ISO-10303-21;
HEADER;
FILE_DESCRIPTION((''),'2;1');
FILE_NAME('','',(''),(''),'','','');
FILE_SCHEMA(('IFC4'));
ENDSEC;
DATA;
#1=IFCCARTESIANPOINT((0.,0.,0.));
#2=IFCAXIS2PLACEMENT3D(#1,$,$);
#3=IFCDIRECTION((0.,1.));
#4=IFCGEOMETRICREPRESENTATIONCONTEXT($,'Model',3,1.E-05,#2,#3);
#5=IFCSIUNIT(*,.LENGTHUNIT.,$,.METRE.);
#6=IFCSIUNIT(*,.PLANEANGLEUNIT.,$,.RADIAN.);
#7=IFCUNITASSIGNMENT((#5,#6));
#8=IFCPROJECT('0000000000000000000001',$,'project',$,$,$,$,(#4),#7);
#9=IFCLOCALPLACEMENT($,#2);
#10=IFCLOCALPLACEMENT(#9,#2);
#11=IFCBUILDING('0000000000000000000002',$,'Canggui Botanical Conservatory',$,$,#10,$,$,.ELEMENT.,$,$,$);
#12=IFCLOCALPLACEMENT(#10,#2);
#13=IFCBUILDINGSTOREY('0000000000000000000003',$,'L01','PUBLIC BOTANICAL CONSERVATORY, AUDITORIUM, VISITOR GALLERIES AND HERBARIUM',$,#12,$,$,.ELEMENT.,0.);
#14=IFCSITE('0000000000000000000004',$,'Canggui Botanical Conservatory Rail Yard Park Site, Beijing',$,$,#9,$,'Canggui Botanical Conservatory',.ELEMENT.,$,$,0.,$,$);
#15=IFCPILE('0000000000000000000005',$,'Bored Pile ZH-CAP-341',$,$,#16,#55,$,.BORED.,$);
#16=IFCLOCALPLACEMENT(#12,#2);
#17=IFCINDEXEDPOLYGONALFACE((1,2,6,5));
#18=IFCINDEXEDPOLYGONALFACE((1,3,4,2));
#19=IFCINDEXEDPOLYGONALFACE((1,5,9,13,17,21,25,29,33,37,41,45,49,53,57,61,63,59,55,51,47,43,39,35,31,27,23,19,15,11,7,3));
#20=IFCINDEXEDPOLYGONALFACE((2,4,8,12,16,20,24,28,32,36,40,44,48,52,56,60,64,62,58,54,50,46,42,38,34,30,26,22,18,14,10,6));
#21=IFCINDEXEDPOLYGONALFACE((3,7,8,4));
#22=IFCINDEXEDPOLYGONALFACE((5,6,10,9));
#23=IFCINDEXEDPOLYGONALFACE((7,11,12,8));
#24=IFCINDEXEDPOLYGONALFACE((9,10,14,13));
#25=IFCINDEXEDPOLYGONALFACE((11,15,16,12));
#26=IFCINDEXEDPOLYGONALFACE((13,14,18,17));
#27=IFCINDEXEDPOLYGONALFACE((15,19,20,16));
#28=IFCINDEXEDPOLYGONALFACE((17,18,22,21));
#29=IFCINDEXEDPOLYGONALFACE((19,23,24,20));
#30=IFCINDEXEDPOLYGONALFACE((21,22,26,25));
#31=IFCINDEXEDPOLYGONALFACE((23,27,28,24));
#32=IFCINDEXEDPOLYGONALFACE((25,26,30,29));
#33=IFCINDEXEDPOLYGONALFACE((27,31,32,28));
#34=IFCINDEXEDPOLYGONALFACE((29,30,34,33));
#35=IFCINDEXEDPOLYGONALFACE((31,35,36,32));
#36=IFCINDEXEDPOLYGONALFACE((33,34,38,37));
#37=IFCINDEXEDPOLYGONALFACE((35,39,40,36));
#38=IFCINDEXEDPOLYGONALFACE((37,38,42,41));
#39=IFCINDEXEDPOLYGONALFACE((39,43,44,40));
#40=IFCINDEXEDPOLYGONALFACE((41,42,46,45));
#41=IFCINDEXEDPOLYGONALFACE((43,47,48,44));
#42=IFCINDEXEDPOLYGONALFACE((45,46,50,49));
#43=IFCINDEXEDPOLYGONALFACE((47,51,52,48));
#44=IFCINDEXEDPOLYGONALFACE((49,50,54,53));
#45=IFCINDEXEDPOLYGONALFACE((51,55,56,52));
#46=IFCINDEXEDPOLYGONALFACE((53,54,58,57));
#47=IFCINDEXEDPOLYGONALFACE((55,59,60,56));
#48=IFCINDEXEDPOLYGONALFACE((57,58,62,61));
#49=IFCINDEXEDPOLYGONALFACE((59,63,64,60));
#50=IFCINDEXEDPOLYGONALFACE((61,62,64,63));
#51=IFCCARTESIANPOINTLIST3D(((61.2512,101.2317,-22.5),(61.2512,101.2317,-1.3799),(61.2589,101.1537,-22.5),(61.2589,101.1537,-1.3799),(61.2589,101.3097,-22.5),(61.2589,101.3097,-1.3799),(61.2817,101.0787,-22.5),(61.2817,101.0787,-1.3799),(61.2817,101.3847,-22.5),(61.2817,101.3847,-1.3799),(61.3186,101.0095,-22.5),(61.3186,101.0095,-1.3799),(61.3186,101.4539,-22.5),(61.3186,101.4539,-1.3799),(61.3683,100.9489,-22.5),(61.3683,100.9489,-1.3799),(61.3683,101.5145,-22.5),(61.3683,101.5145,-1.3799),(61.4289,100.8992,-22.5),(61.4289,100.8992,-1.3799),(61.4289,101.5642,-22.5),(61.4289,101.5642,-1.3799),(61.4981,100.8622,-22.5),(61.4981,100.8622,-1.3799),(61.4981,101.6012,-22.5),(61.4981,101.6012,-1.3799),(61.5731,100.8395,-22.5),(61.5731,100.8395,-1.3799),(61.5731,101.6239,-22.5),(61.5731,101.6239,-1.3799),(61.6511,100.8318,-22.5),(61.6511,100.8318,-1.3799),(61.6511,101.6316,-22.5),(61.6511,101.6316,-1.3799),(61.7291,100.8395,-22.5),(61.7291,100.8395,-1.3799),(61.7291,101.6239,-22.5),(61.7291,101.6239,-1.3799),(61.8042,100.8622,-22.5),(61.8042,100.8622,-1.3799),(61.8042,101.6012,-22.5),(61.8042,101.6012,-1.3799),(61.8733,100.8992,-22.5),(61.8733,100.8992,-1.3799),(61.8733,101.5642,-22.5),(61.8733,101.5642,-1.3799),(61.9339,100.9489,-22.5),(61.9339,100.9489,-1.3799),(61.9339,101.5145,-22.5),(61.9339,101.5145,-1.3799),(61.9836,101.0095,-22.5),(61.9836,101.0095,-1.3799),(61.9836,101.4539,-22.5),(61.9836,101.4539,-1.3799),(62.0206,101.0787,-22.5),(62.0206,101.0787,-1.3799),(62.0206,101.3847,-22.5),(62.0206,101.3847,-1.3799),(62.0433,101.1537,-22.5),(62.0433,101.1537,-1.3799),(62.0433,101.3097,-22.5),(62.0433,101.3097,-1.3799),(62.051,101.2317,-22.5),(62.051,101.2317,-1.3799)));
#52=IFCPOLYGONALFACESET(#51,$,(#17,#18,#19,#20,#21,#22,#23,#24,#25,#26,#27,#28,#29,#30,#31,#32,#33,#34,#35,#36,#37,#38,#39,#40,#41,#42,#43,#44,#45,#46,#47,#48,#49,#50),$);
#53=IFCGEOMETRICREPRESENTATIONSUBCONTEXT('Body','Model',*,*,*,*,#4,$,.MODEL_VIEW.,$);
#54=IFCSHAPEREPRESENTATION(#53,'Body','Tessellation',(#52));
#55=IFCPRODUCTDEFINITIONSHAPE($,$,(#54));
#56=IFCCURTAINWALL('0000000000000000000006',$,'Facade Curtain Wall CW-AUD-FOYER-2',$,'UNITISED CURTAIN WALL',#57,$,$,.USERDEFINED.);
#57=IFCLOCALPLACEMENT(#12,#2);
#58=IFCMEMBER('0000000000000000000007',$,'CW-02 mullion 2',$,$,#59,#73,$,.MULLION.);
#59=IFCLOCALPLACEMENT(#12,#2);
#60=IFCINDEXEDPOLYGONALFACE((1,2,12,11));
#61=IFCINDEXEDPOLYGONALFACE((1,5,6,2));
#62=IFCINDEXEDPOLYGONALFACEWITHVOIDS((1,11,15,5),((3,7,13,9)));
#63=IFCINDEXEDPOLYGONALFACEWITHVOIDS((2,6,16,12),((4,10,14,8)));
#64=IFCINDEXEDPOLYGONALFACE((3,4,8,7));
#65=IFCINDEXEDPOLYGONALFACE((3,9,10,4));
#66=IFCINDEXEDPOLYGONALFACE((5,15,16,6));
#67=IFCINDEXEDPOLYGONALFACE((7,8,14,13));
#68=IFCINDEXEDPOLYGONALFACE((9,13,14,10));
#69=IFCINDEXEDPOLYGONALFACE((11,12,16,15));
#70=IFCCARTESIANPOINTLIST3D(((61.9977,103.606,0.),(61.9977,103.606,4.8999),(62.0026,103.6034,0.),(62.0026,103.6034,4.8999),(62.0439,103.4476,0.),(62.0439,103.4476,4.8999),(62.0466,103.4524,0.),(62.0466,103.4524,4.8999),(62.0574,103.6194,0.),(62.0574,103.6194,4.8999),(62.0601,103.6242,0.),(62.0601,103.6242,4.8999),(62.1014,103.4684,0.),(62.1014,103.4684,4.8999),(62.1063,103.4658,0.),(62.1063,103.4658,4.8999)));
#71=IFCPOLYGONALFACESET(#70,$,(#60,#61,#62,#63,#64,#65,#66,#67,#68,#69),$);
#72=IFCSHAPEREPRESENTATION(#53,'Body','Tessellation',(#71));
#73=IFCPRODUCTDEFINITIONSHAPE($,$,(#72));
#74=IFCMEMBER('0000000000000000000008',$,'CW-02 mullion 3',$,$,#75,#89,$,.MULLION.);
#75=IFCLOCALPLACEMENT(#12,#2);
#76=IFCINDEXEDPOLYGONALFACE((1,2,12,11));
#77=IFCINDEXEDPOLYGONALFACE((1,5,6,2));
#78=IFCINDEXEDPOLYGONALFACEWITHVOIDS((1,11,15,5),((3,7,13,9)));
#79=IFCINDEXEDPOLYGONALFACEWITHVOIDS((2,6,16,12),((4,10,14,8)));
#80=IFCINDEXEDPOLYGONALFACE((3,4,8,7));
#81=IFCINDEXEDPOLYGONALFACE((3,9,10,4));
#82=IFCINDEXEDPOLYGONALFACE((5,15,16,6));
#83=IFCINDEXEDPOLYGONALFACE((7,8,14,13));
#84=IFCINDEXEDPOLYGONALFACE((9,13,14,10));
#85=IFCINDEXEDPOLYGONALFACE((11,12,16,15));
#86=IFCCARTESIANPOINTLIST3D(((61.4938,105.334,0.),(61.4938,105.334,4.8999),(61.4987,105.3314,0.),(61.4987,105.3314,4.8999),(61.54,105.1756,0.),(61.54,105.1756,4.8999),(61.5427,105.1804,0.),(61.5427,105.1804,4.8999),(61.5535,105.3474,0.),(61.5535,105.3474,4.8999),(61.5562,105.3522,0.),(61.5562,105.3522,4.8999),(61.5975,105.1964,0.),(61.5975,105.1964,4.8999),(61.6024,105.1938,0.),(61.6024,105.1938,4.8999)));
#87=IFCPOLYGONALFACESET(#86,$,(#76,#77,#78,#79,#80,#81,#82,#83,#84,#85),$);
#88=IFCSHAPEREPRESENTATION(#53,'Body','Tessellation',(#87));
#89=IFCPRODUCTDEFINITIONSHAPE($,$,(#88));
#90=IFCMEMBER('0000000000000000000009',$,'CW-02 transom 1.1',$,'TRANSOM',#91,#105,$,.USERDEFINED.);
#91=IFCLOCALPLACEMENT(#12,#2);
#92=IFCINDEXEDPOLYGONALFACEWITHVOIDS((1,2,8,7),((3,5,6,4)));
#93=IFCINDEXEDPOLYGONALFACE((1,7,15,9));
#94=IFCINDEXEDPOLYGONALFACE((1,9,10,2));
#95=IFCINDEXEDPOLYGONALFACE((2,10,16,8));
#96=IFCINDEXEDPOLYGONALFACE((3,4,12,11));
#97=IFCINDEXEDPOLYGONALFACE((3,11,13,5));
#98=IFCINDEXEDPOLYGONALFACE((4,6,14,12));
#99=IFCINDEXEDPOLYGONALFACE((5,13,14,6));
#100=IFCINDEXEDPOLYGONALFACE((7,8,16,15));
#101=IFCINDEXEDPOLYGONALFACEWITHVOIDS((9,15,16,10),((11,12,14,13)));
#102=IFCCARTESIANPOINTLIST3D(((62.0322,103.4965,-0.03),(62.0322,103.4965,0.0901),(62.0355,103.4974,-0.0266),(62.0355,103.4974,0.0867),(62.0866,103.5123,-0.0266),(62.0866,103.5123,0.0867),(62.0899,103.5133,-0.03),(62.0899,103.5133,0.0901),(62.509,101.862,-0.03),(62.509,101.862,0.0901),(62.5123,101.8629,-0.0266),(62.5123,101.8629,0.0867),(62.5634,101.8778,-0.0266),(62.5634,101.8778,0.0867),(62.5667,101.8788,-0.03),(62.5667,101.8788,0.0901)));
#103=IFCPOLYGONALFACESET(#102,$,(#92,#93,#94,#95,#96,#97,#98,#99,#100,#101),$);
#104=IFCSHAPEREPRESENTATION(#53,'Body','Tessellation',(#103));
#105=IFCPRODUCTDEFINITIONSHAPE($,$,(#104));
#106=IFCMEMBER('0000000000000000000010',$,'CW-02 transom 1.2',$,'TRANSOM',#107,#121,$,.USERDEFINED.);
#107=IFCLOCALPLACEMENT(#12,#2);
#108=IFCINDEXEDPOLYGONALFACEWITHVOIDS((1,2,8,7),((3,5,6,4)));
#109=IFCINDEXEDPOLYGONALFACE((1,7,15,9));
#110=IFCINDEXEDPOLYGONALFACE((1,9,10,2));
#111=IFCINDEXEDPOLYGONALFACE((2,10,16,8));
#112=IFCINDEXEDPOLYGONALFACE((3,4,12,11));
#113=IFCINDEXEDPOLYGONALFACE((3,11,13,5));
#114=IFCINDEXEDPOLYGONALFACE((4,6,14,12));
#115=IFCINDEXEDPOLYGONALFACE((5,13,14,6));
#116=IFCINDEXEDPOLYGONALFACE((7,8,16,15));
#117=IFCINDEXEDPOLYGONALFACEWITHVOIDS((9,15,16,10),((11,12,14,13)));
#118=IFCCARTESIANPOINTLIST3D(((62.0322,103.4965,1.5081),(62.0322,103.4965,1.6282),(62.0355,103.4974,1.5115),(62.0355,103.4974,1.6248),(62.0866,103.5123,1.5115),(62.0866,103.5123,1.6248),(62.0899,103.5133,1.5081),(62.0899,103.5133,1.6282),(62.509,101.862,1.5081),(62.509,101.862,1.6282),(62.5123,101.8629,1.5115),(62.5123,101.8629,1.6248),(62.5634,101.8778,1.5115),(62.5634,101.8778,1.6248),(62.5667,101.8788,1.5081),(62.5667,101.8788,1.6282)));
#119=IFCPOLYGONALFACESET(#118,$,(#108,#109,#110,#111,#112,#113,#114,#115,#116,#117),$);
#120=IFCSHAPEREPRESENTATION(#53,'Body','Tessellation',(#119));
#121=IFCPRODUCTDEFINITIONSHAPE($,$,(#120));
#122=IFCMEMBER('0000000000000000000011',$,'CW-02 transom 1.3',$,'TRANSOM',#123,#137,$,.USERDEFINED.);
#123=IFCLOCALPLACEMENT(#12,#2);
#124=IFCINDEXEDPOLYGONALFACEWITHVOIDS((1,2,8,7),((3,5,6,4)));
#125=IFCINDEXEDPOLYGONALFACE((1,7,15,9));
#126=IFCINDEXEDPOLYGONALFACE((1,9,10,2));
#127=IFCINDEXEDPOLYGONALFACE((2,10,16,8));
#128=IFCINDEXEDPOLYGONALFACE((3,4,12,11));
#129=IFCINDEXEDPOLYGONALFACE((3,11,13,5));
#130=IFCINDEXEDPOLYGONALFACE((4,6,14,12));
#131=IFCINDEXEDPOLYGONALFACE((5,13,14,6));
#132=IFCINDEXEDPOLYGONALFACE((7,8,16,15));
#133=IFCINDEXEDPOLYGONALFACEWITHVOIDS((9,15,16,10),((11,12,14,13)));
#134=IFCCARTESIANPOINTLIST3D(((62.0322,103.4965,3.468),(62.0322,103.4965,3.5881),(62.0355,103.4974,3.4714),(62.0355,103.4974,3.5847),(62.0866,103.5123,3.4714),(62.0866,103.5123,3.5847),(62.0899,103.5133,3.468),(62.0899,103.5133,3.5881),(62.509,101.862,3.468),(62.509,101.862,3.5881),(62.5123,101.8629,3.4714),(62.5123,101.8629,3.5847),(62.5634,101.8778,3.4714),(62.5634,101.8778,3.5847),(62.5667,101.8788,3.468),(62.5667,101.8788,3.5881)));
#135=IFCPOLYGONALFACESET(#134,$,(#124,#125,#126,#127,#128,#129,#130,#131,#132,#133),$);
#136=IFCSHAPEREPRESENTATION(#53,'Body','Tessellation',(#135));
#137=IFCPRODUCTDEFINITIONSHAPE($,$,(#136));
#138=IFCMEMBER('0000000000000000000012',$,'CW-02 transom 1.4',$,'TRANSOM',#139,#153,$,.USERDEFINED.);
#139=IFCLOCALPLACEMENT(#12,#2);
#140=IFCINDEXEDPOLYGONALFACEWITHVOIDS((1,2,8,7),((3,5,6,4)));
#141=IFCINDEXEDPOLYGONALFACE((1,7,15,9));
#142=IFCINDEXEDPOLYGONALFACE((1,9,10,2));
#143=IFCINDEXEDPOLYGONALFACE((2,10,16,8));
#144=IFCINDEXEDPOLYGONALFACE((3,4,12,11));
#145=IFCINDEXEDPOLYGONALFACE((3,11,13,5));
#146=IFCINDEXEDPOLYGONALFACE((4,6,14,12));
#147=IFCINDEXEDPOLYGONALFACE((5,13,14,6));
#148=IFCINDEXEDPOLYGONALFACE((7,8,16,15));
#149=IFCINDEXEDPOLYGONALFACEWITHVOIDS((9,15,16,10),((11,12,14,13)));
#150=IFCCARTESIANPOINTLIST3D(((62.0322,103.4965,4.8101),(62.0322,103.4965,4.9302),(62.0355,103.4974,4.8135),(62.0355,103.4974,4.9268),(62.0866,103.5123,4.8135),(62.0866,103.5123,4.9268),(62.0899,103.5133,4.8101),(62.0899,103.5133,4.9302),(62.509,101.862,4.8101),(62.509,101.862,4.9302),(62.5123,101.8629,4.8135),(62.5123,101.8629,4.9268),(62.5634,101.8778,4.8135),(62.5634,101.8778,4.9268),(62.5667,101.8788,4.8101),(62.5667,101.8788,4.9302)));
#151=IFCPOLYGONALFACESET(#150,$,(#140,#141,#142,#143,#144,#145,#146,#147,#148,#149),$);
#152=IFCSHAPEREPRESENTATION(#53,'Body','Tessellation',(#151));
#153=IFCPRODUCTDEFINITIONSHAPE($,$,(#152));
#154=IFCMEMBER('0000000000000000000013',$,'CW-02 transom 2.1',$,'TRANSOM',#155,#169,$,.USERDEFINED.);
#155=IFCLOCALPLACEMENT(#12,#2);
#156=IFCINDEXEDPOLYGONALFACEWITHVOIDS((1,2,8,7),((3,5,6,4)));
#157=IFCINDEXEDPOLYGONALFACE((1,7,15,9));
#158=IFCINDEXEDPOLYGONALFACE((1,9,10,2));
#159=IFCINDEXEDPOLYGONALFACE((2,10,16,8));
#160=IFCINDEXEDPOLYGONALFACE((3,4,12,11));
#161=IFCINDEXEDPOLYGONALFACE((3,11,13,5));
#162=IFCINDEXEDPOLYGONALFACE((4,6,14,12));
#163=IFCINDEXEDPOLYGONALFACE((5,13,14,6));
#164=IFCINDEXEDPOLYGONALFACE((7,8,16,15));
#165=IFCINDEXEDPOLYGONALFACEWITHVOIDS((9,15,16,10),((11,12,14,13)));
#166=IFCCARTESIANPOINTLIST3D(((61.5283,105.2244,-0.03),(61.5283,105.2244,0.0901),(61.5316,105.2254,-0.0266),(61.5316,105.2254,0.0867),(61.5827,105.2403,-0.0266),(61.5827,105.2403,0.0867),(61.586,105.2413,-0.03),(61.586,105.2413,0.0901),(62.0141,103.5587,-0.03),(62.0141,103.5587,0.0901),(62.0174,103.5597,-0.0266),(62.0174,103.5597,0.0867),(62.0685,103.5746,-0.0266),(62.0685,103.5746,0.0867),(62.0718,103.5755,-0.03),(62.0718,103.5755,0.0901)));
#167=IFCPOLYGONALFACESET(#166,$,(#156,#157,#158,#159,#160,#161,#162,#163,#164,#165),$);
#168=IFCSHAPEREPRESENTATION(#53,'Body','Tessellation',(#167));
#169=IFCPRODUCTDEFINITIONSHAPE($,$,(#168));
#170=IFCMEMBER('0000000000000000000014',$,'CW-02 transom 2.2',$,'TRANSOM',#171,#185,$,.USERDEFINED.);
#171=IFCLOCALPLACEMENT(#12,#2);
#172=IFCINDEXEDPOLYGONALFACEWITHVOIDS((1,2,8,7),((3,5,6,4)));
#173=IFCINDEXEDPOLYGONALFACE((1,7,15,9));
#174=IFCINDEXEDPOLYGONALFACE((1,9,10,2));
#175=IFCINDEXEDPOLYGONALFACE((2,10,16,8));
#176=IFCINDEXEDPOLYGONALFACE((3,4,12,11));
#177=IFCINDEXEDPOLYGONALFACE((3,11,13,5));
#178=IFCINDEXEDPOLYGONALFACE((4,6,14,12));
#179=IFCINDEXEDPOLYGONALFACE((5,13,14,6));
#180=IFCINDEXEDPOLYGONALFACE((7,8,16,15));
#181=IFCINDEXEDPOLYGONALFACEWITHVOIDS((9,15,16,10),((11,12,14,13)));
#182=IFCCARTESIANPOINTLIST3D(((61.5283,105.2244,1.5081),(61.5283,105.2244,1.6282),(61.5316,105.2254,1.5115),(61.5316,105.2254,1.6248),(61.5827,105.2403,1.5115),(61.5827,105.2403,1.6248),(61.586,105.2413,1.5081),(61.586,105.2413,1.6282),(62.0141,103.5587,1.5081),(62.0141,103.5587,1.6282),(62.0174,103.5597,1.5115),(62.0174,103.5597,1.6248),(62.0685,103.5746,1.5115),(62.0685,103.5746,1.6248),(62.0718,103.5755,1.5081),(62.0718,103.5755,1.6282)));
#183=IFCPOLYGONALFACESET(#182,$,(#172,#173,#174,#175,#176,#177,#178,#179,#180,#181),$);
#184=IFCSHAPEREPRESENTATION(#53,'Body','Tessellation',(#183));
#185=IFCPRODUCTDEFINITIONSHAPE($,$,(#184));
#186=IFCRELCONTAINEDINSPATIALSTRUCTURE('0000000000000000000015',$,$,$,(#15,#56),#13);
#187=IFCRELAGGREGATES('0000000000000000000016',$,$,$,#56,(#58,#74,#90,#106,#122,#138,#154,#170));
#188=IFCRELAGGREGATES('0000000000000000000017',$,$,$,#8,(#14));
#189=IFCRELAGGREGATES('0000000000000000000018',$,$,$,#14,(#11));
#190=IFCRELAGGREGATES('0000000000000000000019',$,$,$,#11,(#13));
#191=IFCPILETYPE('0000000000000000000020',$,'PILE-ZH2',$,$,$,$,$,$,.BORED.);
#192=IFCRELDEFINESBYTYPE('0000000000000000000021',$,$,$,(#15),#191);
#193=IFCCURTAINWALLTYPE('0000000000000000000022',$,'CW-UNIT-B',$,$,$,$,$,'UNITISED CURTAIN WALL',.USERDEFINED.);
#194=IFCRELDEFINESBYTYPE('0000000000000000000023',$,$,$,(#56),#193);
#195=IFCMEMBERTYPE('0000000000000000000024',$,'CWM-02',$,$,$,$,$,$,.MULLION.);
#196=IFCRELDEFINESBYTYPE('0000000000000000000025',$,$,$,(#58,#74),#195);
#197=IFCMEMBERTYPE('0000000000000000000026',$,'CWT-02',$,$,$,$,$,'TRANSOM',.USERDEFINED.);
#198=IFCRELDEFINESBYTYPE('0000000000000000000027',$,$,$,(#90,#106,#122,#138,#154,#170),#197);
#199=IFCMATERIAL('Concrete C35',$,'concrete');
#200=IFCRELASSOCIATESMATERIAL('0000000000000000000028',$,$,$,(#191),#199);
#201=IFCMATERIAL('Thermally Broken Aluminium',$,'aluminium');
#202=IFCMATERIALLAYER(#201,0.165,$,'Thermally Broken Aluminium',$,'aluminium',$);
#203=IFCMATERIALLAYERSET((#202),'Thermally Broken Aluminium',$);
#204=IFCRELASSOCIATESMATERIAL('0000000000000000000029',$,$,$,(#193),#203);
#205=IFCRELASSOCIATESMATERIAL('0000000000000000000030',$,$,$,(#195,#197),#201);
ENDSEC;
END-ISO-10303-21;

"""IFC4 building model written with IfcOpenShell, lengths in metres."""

from ifc_helpers import new_model, si_unit, direction, frame, origin, origin_2d, place, context, subcontext, project, spatial, hollow_rectangle, circle, extrude, material, layer, layer_set, material_profile, profile_set, type_object, element, aggregate, save


model = new_model("IFC4")

# Units and contexts
model_context = context("Model", 3, precision=1e-05, world=origin(), true_north=direction((0.0, 1.0)))
body_context = subcontext(model_context, "Body", "Model", "MODEL_VIEW")
ifc_project = project(units=[si_unit("LENGTHUNIT", "METRE"), si_unit("PLANEANGLEUNIT", "RADIAN")], contexts=[model_context])

# Site, building, storey
site_placement = place(None, origin())
site = spatial("IfcSite", under=ifc_project, at=site_placement, Name="Canggui Botanical Conservatory Rail Yard Park Site, Beijing", LongName="Canggui Botanical Conservatory", CompositionType="ELEMENT", RefElevation=0.0)
building_placement = place(site_placement, origin())
building = spatial("IfcBuilding", under=site, at=building_placement, Name="Canggui Botanical Conservatory", CompositionType="ELEMENT")
storey_placement = place(building_placement, origin())
storey = spatial("IfcBuildingStorey", under=building, at=storey_placement, Name="L01", Description="PUBLIC BOTANICAL CONSERVATORY, AUDITORIUM, VISITOR GALLERIES AND HERBARIUM", CompositionType="ELEMENT", Elevation=0.0)

# Pile
ifc_material_1 = material(Name="Concrete C35", Category="concrete")
ifc_material_profile_1 = material_profile(ifc_material_1, circle(Radius=0.3999, at=origin_2d()), Name="PILE D800")
ifc_profile_set_1 = profile_set([ifc_material_profile_1], Name="Concrete C35")
pile_type = type_object("IfcPileType", Name="PILE-ZH2", PredefinedType="BORED", material=ifc_profile_set_1)
pile_placement = place(storey_placement, frame((61.6511, 101.2317, -1.3799), z_axis=(0.0, 0.0, -1.0), x_axis=(1.0, 0.0, 0.0)))
element("IfcPile", 1, at=pile_placement, inside=storey, type_object=pile_type, Name="Bored Pile ZH-CAP-341", PredefinedType="BORED", context=body_context, shape_type="SweptSolid", body=[
    extrude(circle(Radius=0.3999, at=origin_2d()), origin(), (0.0, 0.0, 1.0), 21.1201),
])

# Curtain wall, members
ifc_material_2 = material(Name="Thermally Broken Aluminium", Category="aluminium")
ifc_layer_1 = layer(ifc_material_2, 0.165, Name="Thermally Broken Aluminium", Category="aluminium")
ifc_layer_set_1 = layer_set([ifc_layer_1], Name="Thermally Broken Aluminium")
curtain_wall_type = type_object("IfcCurtainWallType", Name="CW-UNIT-B", ElementType="UNITISED CURTAIN WALL", PredefinedType="USERDEFINED", material=ifc_layer_set_1)
curtain_wall_placement = place(storey_placement, origin())
curtain_wall = element("IfcCurtainWall", 2, at=curtain_wall_placement, inside=storey, type_object=curtain_wall_type, Name="Facade Curtain Wall CW-AUD-FOYER-2", ObjectType="UNITISED CURTAIN WALL", PredefinedType="USERDEFINED")
ifc_material_profile_2 = material_profile(ifc_material_2, hollow_rectangle(XDim=0.0649, YDim=0.165, WallThickness=0.0039, at=origin_2d()), Name="CWM 65x165x4")
ifc_profile_set_2 = profile_set([ifc_material_profile_2], Name="Thermally Broken Aluminium")
member_type_1 = type_object("IfcMemberType", Name="CWM-02", PredefinedType="MULLION", material=ifc_profile_set_2)
member_1_placement = place(storey_placement, frame((62.052, 103.5359, 0.0), z_axis=(0.0, 0.0, 1.0), x_axis=(-0.96, -0.28, 0.0)))
member_1 = element("IfcMember", 3, at=member_1_placement, type_object=member_type_1, Name="CW-02 mullion 2", PredefinedType="MULLION", context=body_context, shape_type="SweptSolid", body=[
    extrude(hollow_rectangle(XDim=0.0649, YDim=0.165, WallThickness=0.0039, at=origin_2d()), origin(), (0.0, 0.0, 1.0), 4.8999),
])
member_2_placement = place(storey_placement, frame((61.5481, 105.2639, 0.0), z_axis=(0.0, 0.0, 1.0), x_axis=(-0.96, -0.28, 0.0)))
member_2 = element("IfcMember", 4, at=member_2_placement, type_object=member_type_1, Name="CW-02 mullion 3", PredefinedType="MULLION", context=body_context, shape_type="SweptSolid", body=[
    extrude(hollow_rectangle(XDim=0.0649, YDim=0.165, WallThickness=0.0039, at=origin_2d()), origin(), (0.0, 0.0, 1.0), 4.8999),
])
ifc_material_profile_3 = material_profile(ifc_material_2, hollow_rectangle(XDim=0.0601, YDim=0.1201, WallThickness=0.0034, at=origin_2d()), Name="CWT 60x120x3.5")
ifc_profile_set_3 = profile_set([ifc_material_profile_3], Name="Thermally Broken Aluminium")
member_type_2 = type_object("IfcMemberType", Name="CWT-02", ElementType="TRANSOM", PredefinedType="USERDEFINED", material=ifc_profile_set_3)
member_3_placement = place(storey_placement, frame((62.5378, 101.8704, 0.03), z_axis=(-0.280039, 0.959989, 0.0), x_axis=(-0.959989, -0.280039, 0.0)))
member_3 = element("IfcMember", 5, at=member_3_placement, type_object=member_type_2, Name="CW-02 transom 1.1", ObjectType="TRANSOM", PredefinedType="USERDEFINED", context=body_context, shape_type="SweptSolid", body=[
    extrude(hollow_rectangle(XDim=0.0601, YDim=0.1201, WallThickness=0.0034, at=origin_2d()), origin(), (0.0, 0.0, 1.0), 1.7026),
])
member_4_placement = place(storey_placement, frame((62.5378, 101.8704, 1.5681), z_axis=(-0.280039, 0.959989, 0.0), x_axis=(-0.959989, -0.280039, 0.0)))
member_4 = element("IfcMember", 6, at=member_4_placement, type_object=member_type_2, Name="CW-02 transom 1.2", ObjectType="TRANSOM", PredefinedType="USERDEFINED", context=body_context, shape_type="SweptSolid", body=[
    extrude(hollow_rectangle(XDim=0.0601, YDim=0.1201, WallThickness=0.0034, at=origin_2d()), origin(), (0.0, 0.0, 1.0), 1.7026),
])
member_5_placement = place(storey_placement, frame((62.5378, 101.8704, 3.5281), z_axis=(-0.280039, 0.959989, 0.0), x_axis=(-0.959989, -0.280039, 0.0)))
member_5 = element("IfcMember", 7, at=member_5_placement, type_object=member_type_2, Name="CW-02 transom 1.3", ObjectType="TRANSOM", PredefinedType="USERDEFINED", context=body_context, shape_type="SweptSolid", body=[
    extrude(hollow_rectangle(XDim=0.0601, YDim=0.1201, WallThickness=0.0034, at=origin_2d()), origin(), (0.0, 0.0, 1.0), 1.7026),
])
member_6_placement = place(storey_placement, frame((62.5378, 101.8704, 4.8701), z_axis=(-0.280039, 0.959989, 0.0), x_axis=(-0.959989, -0.280039, 0.0)))
member_6 = element("IfcMember", 8, at=member_6_placement, type_object=member_type_2, Name="CW-02 transom 1.4", ObjectType="TRANSOM", PredefinedType="USERDEFINED", context=body_context, shape_type="SweptSolid", body=[
    extrude(hollow_rectangle(XDim=0.0601, YDim=0.1201, WallThickness=0.0034, at=origin_2d()), origin(), (0.0, 0.0, 1.0), 1.7026),
])
member_7_placement = place(storey_placement, frame((62.043, 103.5671, 0.03), z_axis=(-0.279995, 0.960002, 0.0), x_axis=(-0.960002, -0.279995, 0.0)))
member_7 = element("IfcMember", 9, at=member_7_placement, type_object=member_type_2, Name="CW-02 transom 2.1", ObjectType="TRANSOM", PredefinedType="USERDEFINED", context=body_context, shape_type="SweptSolid", body=[
    extrude(hollow_rectangle(XDim=0.0601, YDim=0.1201, WallThickness=0.0034, at=origin_2d()), origin(), (0.0, 0.0, 1.0), 1.7351),
])
member_8_placement = place(storey_placement, frame((62.043, 103.5671, 1.5681), z_axis=(-0.279995, 0.960002, 0.0), x_axis=(-0.960002, -0.279995, 0.0)))
member_8 = element("IfcMember", 10, at=member_8_placement, type_object=member_type_2, Name="CW-02 transom 2.2", ObjectType="TRANSOM", PredefinedType="USERDEFINED", context=body_context, shape_type="SweptSolid", body=[
    extrude(hollow_rectangle(XDim=0.0601, YDim=0.1201, WallThickness=0.0034, at=origin_2d()), origin(), (0.0, 0.0, 1.0), 1.7351),
])
aggregate(curtain_wall, [member_1, member_2, member_3, member_4, member_5, member_6, member_7, member_8])

save(model, "model.ifc")
